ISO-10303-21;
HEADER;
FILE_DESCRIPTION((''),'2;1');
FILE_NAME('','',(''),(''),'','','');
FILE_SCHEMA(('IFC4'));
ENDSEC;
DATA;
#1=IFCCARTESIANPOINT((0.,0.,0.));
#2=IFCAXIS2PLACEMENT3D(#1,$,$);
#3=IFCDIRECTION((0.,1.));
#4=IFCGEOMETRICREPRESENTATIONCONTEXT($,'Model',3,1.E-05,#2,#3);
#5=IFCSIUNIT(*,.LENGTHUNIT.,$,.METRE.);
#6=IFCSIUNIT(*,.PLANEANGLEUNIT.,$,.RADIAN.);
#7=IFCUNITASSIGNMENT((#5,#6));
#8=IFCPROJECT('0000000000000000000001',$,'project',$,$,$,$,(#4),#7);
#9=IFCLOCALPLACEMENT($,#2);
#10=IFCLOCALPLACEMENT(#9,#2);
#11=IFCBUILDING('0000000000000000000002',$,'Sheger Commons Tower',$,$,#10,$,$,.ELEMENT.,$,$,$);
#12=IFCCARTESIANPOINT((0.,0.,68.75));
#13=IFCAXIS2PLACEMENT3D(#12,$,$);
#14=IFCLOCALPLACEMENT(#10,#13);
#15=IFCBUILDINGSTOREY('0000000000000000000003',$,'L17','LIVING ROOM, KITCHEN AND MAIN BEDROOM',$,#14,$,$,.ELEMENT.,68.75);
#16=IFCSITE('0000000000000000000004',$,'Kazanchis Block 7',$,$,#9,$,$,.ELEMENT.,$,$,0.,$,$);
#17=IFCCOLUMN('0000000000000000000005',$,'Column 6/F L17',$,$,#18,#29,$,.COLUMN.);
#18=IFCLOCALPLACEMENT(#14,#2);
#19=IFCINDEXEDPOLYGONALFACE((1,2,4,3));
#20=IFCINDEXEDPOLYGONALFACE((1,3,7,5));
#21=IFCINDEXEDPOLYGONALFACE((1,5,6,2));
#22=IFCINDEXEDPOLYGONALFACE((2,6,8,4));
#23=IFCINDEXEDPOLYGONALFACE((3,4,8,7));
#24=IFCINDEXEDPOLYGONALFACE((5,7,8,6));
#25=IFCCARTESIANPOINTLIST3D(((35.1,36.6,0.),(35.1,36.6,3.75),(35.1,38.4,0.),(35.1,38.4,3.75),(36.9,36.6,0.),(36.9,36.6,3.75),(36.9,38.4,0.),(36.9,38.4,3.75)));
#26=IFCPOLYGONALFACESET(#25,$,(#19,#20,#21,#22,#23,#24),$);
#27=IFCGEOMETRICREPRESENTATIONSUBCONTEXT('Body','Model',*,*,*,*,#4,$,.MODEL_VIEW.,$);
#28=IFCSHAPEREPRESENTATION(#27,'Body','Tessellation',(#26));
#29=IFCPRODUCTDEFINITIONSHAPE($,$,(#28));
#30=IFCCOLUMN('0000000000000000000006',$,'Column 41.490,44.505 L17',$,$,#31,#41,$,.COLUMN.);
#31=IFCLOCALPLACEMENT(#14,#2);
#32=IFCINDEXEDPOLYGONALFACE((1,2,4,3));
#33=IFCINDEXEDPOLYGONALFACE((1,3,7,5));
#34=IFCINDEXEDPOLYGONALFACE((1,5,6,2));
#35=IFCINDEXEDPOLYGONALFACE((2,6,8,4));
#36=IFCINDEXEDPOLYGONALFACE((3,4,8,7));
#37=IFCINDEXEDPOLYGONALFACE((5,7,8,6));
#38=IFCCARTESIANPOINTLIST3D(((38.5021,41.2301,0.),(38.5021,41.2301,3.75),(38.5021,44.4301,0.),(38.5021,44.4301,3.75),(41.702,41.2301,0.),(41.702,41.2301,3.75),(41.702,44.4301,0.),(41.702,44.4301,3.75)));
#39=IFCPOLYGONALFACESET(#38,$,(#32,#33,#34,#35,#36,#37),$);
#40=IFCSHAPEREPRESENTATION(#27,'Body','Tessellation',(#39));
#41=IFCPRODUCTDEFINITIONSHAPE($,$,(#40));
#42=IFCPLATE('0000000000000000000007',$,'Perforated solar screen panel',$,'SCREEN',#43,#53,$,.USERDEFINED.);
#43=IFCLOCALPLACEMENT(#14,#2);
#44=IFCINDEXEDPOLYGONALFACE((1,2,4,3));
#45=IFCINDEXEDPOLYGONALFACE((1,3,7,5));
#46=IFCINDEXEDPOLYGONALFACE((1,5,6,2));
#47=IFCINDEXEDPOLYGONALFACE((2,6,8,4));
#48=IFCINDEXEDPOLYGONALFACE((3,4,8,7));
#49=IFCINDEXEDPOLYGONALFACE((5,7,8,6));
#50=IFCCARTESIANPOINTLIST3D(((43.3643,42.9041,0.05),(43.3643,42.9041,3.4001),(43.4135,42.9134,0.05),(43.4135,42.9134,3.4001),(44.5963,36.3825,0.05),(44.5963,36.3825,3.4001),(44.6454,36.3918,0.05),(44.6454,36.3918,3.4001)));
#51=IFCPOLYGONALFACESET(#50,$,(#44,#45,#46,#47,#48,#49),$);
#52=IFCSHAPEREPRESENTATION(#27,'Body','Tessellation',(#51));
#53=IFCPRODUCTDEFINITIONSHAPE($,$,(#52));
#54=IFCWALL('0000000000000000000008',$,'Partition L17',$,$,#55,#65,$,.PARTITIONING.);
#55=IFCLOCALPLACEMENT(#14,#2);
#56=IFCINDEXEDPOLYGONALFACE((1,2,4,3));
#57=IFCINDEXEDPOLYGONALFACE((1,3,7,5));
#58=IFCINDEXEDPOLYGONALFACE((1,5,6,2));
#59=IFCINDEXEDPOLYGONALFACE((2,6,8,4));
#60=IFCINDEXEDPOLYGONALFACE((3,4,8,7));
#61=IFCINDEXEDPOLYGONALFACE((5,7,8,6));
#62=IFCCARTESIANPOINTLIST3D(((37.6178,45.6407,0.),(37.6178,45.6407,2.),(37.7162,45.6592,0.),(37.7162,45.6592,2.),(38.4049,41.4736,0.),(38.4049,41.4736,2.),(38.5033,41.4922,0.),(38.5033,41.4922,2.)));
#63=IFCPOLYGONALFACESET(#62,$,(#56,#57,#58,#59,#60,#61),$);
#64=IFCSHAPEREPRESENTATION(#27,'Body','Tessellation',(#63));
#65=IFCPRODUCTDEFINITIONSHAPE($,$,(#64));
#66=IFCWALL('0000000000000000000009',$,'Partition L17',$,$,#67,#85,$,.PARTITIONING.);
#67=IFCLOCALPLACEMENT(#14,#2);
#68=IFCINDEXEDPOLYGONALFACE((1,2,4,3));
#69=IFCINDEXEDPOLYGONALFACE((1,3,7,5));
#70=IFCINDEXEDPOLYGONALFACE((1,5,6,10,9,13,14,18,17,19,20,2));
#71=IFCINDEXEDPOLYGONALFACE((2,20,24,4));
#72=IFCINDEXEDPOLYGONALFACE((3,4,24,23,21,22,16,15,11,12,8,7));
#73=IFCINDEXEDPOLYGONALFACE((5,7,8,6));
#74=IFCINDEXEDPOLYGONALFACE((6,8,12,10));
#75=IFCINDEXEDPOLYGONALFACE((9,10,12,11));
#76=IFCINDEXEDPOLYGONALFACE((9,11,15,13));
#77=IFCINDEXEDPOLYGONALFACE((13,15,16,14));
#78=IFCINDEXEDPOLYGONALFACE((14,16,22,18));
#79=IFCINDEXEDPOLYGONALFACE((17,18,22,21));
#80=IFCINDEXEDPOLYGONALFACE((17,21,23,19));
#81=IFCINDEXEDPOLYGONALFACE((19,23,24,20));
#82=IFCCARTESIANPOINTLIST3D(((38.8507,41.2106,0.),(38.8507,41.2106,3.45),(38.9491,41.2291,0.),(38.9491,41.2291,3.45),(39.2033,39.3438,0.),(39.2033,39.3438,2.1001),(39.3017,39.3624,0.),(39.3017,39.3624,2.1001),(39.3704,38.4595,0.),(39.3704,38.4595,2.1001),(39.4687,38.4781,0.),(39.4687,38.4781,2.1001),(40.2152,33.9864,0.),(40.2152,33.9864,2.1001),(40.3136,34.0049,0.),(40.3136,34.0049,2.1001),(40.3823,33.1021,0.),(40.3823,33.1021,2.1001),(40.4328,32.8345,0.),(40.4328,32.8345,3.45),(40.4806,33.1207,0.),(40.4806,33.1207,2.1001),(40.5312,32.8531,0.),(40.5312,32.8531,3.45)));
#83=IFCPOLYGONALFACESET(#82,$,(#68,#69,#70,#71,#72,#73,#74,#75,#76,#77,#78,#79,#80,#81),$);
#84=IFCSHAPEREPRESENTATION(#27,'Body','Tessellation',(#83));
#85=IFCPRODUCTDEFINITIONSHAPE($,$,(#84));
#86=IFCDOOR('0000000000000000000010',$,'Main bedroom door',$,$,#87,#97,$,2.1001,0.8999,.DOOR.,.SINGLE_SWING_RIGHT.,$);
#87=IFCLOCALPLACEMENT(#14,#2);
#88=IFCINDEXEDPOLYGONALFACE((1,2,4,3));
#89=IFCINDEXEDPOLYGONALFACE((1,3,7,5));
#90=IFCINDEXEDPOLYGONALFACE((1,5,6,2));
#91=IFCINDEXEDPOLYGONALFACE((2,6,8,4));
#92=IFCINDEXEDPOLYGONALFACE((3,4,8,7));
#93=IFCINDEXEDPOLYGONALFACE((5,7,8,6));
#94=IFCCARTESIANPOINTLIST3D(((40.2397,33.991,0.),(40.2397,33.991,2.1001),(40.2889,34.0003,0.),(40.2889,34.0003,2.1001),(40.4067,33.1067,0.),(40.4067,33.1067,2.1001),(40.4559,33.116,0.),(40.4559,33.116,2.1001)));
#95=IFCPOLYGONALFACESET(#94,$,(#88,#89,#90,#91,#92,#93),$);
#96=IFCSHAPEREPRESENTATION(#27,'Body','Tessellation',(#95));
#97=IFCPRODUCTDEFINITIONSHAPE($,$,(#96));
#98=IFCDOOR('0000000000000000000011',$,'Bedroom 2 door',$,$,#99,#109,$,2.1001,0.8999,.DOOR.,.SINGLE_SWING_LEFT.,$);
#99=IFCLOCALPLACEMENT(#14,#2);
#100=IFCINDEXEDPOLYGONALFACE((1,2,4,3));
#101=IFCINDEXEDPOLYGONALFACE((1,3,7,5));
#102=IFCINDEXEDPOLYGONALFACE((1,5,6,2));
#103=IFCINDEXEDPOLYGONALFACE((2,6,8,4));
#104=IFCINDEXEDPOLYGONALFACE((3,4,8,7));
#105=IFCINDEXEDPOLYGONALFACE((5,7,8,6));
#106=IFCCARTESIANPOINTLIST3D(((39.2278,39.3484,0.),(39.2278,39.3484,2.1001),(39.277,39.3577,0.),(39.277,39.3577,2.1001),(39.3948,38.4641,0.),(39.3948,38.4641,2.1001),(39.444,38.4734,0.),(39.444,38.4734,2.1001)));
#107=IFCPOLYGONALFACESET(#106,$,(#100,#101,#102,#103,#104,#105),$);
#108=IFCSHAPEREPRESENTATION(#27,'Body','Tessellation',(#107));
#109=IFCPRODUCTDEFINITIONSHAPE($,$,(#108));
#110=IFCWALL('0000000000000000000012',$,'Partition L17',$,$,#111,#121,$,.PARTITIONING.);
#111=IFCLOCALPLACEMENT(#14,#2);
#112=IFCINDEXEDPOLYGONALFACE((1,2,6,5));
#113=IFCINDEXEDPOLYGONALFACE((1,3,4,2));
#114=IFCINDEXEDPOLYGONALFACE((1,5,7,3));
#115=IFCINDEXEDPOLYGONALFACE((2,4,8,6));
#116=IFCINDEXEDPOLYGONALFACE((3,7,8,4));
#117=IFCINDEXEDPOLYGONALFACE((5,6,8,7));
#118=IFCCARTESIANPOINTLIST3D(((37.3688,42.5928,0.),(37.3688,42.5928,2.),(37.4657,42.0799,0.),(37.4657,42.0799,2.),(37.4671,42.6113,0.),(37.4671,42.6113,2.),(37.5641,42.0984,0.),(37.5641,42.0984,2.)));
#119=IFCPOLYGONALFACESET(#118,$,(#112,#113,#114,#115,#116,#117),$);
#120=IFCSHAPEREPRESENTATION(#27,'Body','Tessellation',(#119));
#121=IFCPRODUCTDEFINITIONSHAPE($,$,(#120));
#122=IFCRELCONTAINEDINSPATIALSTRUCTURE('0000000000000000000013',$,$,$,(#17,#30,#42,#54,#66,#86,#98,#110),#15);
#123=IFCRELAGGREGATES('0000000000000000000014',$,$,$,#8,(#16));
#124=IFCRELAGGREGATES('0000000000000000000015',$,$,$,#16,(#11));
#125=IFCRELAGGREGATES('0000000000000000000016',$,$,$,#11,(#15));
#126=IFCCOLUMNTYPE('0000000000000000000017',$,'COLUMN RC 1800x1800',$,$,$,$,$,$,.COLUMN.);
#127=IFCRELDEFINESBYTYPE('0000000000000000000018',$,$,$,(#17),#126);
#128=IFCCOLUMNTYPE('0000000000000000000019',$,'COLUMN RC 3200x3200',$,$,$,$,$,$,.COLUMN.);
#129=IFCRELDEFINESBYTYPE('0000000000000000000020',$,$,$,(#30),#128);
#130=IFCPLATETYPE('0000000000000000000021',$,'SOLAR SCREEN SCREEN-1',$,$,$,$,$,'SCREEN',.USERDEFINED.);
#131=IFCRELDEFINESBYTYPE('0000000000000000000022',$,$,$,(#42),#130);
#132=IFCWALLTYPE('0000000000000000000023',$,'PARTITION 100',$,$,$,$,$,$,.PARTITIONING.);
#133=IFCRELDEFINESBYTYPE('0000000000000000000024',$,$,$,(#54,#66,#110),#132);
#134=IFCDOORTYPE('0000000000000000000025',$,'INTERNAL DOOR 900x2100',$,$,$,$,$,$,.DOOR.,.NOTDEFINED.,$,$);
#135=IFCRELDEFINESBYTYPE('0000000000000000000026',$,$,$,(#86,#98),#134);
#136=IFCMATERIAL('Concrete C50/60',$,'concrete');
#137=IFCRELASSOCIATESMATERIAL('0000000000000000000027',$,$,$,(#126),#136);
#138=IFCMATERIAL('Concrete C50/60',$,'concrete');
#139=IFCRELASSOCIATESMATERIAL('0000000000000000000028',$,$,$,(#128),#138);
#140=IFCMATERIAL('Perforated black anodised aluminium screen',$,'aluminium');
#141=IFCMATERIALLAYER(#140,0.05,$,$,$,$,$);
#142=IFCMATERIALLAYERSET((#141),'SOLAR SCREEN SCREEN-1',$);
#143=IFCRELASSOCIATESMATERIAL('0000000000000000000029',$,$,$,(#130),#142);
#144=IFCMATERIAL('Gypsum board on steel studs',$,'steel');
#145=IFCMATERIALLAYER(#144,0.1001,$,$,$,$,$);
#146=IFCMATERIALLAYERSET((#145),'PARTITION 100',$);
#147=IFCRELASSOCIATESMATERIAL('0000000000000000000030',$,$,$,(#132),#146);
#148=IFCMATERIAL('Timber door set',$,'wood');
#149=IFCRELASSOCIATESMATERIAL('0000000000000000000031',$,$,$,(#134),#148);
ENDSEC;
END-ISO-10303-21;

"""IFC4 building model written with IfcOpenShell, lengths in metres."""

from ifc_helpers import new_model, si_unit, direction, frame, frame_2d, origin, origin_2d, place, context, subcontext, project, spatial, rectangle, extrude, material, layer, layer_set, material_profile, profile_set, type_object, element, fill, save


model = new_model("IFC4")

# Units and contexts
model_context = context("Model", 3, precision=1e-05, world=origin(), true_north=direction((0.0, 1.0)))
body_context = subcontext(model_context, "Body", "Model", "MODEL_VIEW")
ifc_project = project(units=[si_unit("LENGTHUNIT", "METRE"), si_unit("PLANEANGLEUNIT", "RADIAN")], contexts=[model_context])

# Site, building, storey
site_placement = place(None, origin())
site = spatial("IfcSite", under=ifc_project, at=site_placement, Name="Kazanchis Block 7", CompositionType="ELEMENT", RefElevation=0.0)
building_placement = place(site_placement, origin())
building = spatial("IfcBuilding", under=site, at=building_placement, Name="Sheger Commons Tower", CompositionType="ELEMENT")
storey_placement = place(building_placement, frame((0.0, 0.0, 68.75)))
storey = spatial("IfcBuildingStorey", under=building, at=storey_placement, Name="L17", Description="LIVING ROOM, KITCHEN AND MAIN BEDROOM", CompositionType="ELEMENT", Elevation=68.75)

# Columns
ifc_material_1 = material(Name="Concrete C50/60", Category="concrete")
ifc_material_profile_1 = material_profile(ifc_material_1, rectangle(XDim=1.8, YDim=1.8, at=origin_2d()), Name="RC 1800x1800")
ifc_profile_set_1 = profile_set([ifc_material_profile_1], Name="Concrete C50/60")
column_type_1 = type_object("IfcColumnType", Name="COLUMN RC 1800x1800", PredefinedType="COLUMN", material=ifc_profile_set_1)
column_1_placement = place(storey_placement, frame((36.0, 37.5, 0.0), z_axis=(0.0, 0.0, 1.0), x_axis=(1.0, 0.0, 0.0)))
element("IfcColumn", 1, at=column_1_placement, inside=storey, type_object=column_type_1, Name="Column 6/F L17", PredefinedType="COLUMN", context=body_context, shape_type="SweptSolid", body=[
    extrude(rectangle(XDim=1.8, YDim=1.8, at=origin_2d()), origin(), (0.0, 0.0, 1.0), 3.75),
])
ifc_material_2 = material(Name="Concrete C50/60", Category="concrete")
ifc_material_profile_2 = material_profile(ifc_material_2, rectangle(XDim=3.2, YDim=3.2, at=origin_2d()), Name="RC 3200x3200")
ifc_profile_set_2 = profile_set([ifc_material_profile_2], Name="Concrete C50/60")
column_type_2 = type_object("IfcColumnType", Name="COLUMN RC 3200x3200", PredefinedType="COLUMN", material=ifc_profile_set_2)
column_2_placement = place(storey_placement, frame((40.1021, 42.8301, 0.0), z_axis=(0.0, 0.0, 1.0), x_axis=(1.0, 0.0, 0.0)))
element("IfcColumn", 2, at=column_2_placement, inside=storey, type_object=column_type_2, Name="Column 41.490,44.505 L17", PredefinedType="COLUMN", context=body_context, shape_type="SweptSolid", body=[
    extrude(rectangle(XDim=3.2, YDim=3.2, at=origin_2d()), origin(), (0.0, 0.0, 1.0), 3.75),
])

# Plate
ifc_material_3 = material(Name="Perforated black anodised aluminium screen", Category="aluminium")
ifc_layer_1 = layer(ifc_material_3, 0.05)
ifc_layer_set_1 = layer_set([ifc_layer_1], Name="SOLAR SCREEN SCREEN-1")
plate_type = type_object("IfcPlateType", Name="SOLAR SCREEN SCREEN-1", ElementType="SCREEN", PredefinedType="USERDEFINED", material=ifc_layer_set_1)
plate_placement = place(storey_placement, frame((44.0049, 39.6479, 0.05), z_axis=(0.0, 0.0, 1.0), x_axis=(-0.185615, 0.982623, 0.0)))
element("IfcPlate", 3, at=plate_placement, inside=storey, type_object=plate_type, Name="Perforated solar screen panel", ObjectType="SCREEN", PredefinedType="USERDEFINED", context=body_context, shape_type="SweptSolid", body=[
    extrude(rectangle(XDim=6.637, YDim=0.05, at=origin_2d()), origin(), (0.0, 0.0, 1.0), 3.3501),
])

# Wall
ifc_material_4 = material(Name="Gypsum board on steel studs", Category="steel")
ifc_layer_2 = layer(ifc_material_4, 0.1001)
ifc_layer_set_2 = layer_set([ifc_layer_2], Name="PARTITION 100")
wall_type = type_object("IfcWallType", Name="PARTITION 100", PredefinedType="PARTITIONING", material=ifc_layer_set_2)
wall_1_placement = place(storey_placement, frame((38.4541, 41.4829, 0.0), z_axis=(0.0, 0.0, 1.0), x_axis=(-0.185609, 0.982624, 0.0)))
element("IfcWall", 4, at=wall_1_placement, inside=storey, type_object=wall_type, Name="Partition L17", PredefinedType="PARTITIONING", context=body_context, shape_type="SweptSolid", body=[
    extrude(rectangle(XDim=4.2407, YDim=0.1001, at=frame_2d((2.1204, 0.0))), origin(), (0.0, 0.0, 1.0), 2.0),
])

# Wall, openings, doors
wall_2_placement = place(storey_placement, frame((38.8999, 41.22, 0.0), z_axis=(0.0, 0.0, 1.0), x_axis=(0.185596, -0.982626, 0.0)))
wall_2 = element("IfcWall", 5, at=wall_2_placement, inside=storey, type_object=wall_type, Name="Partition L17", PredefinedType="PARTITIONING", context=body_context, shape_type="SweptSolid", body=[
    extrude(rectangle(XDim=8.5242, YDim=0.1001, at=frame_2d((4.2622, 0.0))), origin(), (0.0, 0.0, 1.0), 3.45),
])
opening_1_placement = place(wall_2_placement, frame((7.3521, 0.0, 0.0)))
opening_1 = element("IfcOpeningElement", 6, at=opening_1_placement, cuts=wall_2, PredefinedType="OPENING", context=body_context, shape_type="SweptSolid", body=[
    extrude(rectangle(XDim=0.8999, YDim=2.1001, at=frame_2d((0.45, 1.05))), frame((0.0, 0.0601, 0.0), z_axis=(0.0, -1.0, 0.0), x_axis=(1.0, 0.0, 0.0)), (0.0, 0.0, 1.0), 0.1201),
])
opening_2_placement = place(wall_2_placement, frame((1.8999, 0.0, 0.0)))
opening_2 = element("IfcOpeningElement", 7, at=opening_2_placement, cuts=wall_2, PredefinedType="OPENING", context=body_context, shape_type="SweptSolid", body=[
    extrude(rectangle(XDim=0.8999, YDim=2.1001, at=frame_2d((0.45, 1.05))), frame((0.0, 0.0601, 0.0), z_axis=(0.0, -1.0, 0.0), x_axis=(1.0, 0.0, 0.0)), (0.0, 0.0, 1.0), 0.1201),
])
ifc_material_5 = material(Name="Timber door set", Category="wood")
door_type = type_object("IfcDoorType", Name="INTERNAL DOOR 900x2100", OperationType="NOTDEFINED", PredefinedType="DOOR", material=ifc_material_5)
door_1_placement = place(opening_1_placement, origin())
door_1 = element("IfcDoor", 8, at=door_1_placement, inside=storey, type_object=door_type, Name="Main bedroom door", OperationType="SINGLE_SWING_RIGHT", OverallHeight=2.1001, OverallWidth=0.8999, PredefinedType="DOOR", context=body_context, shape_type="SweptSolid", body=[
    extrude(rectangle(XDim=0.8999, YDim=2.1001, at=frame_2d((0.45, 1.05))), frame((0.0, 0.0249, 0.0), z_axis=(0.0, -1.0, 0.0), x_axis=(1.0, 0.0, 0.0)), (0.0, 0.0, 1.0), 0.05),
])
fill(opening_1, door_1)
door_2_placement = place(opening_2_placement, origin())
door_2 = element("IfcDoor", 9, at=door_2_placement, inside=storey, type_object=door_type, Name="Bedroom 2 door", OperationType="SINGLE_SWING_LEFT", OverallHeight=2.1001, OverallWidth=0.8999, PredefinedType="DOOR", context=body_context, shape_type="SweptSolid", body=[
    extrude(rectangle(XDim=0.8999, YDim=2.1001, at=frame_2d((0.45, 1.05))), frame((0.0, 0.0249, 0.0), z_axis=(0.0, -1.0, 0.0), x_axis=(1.0, 0.0, 0.0)), (0.0, 0.0, 1.0), 0.05),
])
fill(opening_2, door_2)

# Wall
wall_3_placement = place(storey_placement, frame((37.418, 42.6021, 0.0), z_axis=(0.0, 0.0, 1.0), x_axis=(0.185672, -0.982612, 0.0)))
element("IfcWall", 10, at=wall_3_placement, inside=storey, type_object=wall_type, Name="Partition L17", PredefinedType="PARTITIONING", context=body_context, shape_type="SweptSolid", body=[
    extrude(rectangle(XDim=0.522, YDim=0.1001, at=frame_2d((0.261, 0.0))), origin(), (0.0, 0.0, 1.0), 2.0),
])

save(model, "model.ifc")
